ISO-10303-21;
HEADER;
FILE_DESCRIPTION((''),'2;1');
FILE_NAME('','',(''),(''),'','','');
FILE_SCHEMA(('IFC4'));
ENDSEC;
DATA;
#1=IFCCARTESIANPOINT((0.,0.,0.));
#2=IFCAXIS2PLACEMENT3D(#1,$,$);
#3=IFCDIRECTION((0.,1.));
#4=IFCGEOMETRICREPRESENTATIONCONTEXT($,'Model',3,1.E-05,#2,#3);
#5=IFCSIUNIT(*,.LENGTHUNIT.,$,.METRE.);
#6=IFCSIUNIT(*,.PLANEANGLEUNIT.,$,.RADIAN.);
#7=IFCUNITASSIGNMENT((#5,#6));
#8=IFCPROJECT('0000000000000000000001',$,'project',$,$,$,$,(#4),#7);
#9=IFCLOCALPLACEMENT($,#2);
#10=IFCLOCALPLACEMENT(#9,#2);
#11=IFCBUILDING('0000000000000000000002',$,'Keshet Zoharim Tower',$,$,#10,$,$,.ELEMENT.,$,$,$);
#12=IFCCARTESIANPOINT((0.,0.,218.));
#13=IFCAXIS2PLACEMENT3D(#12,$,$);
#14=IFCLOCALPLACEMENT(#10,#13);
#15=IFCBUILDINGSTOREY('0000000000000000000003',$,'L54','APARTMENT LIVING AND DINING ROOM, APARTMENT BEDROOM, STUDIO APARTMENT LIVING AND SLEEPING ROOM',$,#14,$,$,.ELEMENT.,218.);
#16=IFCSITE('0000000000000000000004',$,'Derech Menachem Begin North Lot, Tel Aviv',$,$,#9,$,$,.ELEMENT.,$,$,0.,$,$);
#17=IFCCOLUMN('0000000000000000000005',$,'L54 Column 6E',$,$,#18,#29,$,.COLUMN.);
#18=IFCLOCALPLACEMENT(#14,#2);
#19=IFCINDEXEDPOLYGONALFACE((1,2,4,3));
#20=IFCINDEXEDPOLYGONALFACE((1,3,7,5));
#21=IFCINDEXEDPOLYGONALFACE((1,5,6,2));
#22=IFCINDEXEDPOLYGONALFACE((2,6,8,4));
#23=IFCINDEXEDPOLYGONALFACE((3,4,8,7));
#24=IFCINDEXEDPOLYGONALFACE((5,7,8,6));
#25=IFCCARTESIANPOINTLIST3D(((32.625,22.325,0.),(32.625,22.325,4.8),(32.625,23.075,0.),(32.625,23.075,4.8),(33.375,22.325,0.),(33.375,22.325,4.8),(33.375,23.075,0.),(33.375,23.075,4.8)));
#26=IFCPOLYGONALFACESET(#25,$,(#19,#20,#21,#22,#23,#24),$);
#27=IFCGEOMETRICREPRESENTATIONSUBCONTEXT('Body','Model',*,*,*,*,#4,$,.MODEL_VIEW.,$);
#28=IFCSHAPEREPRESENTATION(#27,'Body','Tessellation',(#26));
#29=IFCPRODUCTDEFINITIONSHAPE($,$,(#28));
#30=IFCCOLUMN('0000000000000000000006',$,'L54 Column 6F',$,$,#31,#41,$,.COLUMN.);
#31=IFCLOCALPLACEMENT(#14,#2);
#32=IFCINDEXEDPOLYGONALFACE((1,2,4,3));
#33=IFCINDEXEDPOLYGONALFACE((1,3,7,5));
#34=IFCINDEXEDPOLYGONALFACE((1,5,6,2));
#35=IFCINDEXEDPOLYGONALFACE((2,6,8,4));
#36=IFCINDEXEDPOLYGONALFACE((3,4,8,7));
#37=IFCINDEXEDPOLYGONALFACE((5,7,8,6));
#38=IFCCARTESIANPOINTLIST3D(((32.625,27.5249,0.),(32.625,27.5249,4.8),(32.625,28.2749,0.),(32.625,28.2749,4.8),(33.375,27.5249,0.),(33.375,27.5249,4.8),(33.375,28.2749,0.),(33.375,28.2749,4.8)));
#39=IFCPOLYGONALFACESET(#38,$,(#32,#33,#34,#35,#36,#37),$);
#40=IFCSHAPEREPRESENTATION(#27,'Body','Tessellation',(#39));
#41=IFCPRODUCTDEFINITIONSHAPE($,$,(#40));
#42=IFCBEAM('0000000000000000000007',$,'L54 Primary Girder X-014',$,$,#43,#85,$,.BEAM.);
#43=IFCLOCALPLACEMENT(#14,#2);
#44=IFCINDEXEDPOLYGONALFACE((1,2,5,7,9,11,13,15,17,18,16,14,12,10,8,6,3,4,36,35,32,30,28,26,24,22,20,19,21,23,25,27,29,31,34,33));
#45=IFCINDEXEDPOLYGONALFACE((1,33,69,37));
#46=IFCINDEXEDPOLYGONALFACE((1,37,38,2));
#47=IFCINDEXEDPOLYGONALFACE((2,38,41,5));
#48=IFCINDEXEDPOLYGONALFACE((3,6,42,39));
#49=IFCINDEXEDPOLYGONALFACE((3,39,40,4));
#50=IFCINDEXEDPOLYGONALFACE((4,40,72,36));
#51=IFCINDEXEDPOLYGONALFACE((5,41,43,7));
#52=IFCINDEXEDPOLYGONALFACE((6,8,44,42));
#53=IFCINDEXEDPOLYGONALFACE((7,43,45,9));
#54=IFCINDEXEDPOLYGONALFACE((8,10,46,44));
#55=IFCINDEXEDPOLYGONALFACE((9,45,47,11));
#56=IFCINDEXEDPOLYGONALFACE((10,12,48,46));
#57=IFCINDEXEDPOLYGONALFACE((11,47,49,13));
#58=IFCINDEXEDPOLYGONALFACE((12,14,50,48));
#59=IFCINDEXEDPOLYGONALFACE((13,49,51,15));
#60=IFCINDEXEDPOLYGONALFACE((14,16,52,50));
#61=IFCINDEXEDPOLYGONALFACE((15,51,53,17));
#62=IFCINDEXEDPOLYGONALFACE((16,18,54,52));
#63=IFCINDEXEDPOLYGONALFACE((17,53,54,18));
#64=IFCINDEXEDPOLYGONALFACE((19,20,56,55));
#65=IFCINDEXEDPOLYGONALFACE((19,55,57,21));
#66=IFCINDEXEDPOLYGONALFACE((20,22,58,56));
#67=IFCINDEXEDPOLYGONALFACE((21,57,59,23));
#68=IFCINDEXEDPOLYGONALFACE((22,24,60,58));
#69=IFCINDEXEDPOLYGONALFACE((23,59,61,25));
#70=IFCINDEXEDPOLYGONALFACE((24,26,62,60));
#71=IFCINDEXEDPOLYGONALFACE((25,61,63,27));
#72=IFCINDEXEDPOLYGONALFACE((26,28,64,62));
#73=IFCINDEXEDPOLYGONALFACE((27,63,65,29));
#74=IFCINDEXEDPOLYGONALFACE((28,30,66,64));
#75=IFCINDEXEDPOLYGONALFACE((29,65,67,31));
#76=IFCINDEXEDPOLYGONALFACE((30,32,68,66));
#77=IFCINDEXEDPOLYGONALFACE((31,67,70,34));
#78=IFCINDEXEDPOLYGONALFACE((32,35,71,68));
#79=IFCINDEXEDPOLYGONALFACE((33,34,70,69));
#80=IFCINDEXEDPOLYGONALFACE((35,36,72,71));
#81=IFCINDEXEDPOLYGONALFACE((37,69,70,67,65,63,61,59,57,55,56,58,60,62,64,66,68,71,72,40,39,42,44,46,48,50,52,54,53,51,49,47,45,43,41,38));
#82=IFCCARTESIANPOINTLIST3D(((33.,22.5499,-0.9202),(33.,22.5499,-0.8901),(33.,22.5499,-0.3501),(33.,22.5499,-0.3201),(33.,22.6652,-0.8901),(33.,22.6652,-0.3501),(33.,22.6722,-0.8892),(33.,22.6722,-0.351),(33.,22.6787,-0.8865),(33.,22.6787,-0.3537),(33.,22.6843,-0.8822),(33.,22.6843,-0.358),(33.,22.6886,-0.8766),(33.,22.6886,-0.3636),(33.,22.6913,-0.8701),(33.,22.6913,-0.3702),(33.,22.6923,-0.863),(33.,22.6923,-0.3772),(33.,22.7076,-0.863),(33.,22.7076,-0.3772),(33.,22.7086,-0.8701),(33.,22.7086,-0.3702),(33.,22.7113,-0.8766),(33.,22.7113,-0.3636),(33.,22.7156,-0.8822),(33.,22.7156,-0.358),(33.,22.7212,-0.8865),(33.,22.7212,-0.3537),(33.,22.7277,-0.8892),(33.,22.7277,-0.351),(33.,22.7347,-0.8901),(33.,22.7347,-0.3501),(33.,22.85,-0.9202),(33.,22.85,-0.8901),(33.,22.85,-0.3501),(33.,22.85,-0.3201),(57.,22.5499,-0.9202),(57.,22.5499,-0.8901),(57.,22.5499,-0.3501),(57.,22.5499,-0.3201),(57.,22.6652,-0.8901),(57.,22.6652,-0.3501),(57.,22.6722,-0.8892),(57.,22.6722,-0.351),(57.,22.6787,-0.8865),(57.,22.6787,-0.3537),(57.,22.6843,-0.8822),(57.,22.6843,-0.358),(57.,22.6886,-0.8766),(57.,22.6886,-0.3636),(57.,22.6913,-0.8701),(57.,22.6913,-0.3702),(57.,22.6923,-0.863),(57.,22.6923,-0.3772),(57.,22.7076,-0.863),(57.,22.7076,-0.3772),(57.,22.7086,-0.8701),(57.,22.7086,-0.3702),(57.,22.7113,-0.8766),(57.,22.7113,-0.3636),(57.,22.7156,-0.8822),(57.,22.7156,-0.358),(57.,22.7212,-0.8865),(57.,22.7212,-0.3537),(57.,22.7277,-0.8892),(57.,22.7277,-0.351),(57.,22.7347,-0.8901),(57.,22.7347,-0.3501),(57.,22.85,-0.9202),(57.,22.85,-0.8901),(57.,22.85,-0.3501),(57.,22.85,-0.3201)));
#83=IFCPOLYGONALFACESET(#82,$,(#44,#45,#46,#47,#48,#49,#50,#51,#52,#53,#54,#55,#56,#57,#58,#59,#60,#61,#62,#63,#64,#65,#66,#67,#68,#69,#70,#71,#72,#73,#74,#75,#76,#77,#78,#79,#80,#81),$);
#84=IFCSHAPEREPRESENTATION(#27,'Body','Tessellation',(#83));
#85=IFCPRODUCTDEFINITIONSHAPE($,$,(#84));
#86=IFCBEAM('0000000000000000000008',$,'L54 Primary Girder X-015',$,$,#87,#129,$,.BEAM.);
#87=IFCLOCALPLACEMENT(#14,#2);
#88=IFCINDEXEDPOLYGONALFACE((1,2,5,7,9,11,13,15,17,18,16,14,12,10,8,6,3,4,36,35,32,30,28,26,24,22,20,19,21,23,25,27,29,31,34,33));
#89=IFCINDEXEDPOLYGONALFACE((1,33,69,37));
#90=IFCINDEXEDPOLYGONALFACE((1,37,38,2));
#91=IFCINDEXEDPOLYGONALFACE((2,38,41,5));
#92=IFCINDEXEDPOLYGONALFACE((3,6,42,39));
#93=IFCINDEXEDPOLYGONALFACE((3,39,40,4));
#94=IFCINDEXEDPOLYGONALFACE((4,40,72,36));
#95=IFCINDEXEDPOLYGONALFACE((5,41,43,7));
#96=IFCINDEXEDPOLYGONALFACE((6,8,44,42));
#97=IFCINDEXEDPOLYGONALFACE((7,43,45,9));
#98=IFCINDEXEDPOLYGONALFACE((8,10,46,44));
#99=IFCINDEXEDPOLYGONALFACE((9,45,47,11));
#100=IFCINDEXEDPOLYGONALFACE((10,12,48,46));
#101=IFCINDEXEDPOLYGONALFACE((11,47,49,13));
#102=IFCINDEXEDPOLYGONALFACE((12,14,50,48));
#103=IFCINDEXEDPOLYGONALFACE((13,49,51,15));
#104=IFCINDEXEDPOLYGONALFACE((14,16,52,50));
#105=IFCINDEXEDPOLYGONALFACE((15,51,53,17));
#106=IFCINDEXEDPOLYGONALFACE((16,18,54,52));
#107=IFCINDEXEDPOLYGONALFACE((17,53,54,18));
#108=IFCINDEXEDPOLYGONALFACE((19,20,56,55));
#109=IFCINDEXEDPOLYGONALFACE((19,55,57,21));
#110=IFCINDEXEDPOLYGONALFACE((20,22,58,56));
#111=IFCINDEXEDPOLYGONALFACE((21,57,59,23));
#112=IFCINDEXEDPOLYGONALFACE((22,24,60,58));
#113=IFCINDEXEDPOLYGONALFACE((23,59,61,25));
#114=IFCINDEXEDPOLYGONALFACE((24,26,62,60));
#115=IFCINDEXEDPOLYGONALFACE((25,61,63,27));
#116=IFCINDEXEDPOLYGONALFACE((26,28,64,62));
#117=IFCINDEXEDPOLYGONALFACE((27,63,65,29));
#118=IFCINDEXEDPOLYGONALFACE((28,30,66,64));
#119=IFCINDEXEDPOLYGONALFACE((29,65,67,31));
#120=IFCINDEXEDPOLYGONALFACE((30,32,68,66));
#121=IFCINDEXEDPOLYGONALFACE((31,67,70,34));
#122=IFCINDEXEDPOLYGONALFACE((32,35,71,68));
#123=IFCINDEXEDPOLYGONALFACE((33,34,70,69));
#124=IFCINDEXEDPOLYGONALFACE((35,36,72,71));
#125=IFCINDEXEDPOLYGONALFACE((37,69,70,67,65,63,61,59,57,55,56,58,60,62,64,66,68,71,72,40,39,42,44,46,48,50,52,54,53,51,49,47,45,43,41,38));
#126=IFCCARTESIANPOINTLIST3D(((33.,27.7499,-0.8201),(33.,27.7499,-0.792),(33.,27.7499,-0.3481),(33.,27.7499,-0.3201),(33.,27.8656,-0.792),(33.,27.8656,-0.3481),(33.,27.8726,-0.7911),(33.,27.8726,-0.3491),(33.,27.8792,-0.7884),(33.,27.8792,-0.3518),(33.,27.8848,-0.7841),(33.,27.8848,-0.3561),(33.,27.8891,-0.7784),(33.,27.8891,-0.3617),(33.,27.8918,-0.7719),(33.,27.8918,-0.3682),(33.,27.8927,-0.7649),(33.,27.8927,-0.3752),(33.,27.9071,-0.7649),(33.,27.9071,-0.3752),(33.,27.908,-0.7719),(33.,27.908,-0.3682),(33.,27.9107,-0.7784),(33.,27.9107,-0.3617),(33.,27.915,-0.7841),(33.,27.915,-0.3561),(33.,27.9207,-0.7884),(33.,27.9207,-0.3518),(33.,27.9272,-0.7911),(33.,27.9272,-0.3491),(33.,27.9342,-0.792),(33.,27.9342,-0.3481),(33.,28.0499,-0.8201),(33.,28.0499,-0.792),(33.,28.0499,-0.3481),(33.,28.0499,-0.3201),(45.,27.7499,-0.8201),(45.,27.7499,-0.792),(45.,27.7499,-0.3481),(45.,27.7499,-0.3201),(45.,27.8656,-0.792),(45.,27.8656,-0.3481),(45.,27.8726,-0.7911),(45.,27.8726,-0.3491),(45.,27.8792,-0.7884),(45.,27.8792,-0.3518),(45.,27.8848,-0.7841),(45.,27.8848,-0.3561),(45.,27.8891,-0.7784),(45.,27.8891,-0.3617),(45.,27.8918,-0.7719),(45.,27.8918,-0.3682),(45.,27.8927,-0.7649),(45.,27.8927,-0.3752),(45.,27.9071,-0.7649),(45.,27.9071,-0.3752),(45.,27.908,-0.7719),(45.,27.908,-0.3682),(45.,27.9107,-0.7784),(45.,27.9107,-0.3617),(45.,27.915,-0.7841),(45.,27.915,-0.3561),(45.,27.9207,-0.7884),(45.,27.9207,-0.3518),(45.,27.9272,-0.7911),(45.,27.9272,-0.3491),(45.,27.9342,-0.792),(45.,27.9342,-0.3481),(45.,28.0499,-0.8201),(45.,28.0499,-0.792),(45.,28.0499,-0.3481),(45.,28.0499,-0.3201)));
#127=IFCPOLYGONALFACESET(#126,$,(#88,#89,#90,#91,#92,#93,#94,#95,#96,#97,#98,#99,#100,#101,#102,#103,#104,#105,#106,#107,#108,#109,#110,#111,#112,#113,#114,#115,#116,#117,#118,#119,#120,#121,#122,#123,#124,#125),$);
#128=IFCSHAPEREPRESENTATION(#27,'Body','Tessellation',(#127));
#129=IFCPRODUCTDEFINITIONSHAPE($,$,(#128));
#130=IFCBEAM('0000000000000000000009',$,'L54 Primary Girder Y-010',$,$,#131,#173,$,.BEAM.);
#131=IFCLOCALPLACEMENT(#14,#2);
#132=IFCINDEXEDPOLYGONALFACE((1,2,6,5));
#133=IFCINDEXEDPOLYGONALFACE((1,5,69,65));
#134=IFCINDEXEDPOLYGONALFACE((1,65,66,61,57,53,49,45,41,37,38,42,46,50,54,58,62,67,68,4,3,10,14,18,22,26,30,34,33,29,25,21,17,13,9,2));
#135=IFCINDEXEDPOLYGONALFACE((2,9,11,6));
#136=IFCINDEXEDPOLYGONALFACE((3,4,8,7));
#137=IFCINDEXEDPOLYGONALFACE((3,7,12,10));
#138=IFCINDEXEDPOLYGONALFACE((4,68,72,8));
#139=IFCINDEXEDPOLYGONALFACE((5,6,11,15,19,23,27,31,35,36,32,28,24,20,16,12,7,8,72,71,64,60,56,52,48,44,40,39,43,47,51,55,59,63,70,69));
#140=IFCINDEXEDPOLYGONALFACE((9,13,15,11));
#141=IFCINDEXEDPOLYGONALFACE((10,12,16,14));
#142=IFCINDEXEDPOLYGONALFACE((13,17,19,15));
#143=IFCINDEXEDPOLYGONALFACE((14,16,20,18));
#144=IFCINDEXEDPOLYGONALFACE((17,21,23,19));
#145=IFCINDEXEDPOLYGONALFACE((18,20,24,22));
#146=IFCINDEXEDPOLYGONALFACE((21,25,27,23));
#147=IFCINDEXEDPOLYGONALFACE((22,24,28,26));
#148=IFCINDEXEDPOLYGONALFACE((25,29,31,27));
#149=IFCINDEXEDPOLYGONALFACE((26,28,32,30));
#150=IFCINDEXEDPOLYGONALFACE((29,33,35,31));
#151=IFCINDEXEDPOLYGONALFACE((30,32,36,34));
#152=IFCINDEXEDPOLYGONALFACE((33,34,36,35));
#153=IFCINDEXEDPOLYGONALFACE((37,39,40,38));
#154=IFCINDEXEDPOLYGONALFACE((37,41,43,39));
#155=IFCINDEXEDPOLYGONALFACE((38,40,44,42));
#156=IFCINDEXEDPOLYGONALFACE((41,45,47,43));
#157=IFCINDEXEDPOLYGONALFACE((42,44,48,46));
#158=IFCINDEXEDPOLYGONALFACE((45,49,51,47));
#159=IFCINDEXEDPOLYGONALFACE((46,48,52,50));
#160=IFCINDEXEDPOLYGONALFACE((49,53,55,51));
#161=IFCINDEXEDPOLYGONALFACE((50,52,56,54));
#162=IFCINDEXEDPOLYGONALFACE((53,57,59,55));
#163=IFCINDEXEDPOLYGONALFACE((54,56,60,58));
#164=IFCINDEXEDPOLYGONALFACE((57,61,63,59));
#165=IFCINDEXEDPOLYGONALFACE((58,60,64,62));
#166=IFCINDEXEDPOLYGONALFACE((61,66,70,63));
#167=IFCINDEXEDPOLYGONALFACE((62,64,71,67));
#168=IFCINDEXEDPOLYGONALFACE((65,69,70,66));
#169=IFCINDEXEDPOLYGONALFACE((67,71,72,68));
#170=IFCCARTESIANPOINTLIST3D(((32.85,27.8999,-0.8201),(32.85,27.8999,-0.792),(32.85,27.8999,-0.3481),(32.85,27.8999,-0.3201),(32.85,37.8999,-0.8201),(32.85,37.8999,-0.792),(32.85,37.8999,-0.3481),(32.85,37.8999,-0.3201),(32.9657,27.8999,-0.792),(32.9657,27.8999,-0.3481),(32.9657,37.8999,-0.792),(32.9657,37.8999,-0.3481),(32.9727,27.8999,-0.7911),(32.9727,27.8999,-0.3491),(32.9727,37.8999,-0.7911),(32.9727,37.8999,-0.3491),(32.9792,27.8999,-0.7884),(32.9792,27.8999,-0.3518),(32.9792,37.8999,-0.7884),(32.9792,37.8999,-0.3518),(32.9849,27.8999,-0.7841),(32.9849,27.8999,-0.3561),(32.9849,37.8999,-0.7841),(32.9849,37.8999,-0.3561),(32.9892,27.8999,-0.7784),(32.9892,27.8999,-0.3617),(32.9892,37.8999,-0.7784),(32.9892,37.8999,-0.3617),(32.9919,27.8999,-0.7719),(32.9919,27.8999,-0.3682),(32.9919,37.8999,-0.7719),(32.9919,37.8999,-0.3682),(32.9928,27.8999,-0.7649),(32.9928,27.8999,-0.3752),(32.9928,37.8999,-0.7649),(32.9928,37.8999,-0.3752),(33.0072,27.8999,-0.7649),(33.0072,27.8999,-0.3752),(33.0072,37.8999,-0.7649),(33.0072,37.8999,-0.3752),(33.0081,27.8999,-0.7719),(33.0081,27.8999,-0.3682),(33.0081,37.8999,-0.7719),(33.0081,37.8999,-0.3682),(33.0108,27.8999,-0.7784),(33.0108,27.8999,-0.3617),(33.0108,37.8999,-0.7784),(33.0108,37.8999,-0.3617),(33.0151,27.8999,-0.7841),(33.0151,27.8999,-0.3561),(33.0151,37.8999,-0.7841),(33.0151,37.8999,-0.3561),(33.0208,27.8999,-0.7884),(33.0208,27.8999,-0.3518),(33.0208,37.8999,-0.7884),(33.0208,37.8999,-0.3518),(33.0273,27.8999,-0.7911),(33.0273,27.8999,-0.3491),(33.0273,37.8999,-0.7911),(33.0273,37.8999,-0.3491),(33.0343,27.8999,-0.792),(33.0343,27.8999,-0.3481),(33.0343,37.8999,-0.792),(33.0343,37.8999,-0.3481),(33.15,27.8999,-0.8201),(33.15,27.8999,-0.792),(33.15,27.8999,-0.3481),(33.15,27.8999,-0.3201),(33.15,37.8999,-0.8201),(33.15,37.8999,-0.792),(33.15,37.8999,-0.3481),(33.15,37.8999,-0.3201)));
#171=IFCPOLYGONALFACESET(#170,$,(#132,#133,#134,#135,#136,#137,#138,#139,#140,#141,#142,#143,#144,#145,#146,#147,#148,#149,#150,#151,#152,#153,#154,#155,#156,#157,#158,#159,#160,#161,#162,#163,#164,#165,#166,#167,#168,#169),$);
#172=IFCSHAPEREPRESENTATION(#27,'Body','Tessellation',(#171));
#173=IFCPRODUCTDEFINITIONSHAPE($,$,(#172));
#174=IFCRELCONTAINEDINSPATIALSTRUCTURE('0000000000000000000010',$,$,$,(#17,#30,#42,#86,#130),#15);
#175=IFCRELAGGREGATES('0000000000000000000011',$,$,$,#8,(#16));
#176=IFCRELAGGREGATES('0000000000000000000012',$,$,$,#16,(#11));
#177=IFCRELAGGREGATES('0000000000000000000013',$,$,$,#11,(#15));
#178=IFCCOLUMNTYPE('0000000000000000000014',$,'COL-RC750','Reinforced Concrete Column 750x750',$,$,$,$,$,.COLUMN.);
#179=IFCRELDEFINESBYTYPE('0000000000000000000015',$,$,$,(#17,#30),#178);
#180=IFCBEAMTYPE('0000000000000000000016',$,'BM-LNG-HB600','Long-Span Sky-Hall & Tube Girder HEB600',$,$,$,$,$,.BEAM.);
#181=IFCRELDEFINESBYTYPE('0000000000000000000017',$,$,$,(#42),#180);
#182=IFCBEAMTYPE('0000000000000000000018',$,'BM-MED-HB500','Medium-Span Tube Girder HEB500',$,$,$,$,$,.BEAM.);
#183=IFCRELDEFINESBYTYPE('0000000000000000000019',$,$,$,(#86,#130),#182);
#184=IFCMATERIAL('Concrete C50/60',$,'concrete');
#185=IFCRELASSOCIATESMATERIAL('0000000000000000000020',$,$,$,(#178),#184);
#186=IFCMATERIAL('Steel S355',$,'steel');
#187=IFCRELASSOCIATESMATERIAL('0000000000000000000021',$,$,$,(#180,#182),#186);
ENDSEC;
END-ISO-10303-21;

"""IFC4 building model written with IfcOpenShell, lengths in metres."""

from ifc_helpers import new_model, si_unit, direction, frame, origin, origin_2d, place, context, subcontext, project, spatial, rectangle, i_section, extrude, material, material_profile, profile_set, type_object, element, save


model = new_model("IFC4")

# Units and contexts
model_context = context("Model", 3, precision=1e-05, world=origin(), true_north=direction((0.0, 1.0)))
body_context = subcontext(model_context, "Body", "Model", "MODEL_VIEW")
ifc_project = project(units=[si_unit("LENGTHUNIT", "METRE"), si_unit("PLANEANGLEUNIT", "RADIAN")], contexts=[model_context])

# Site, building, storey
site_placement = place(None, origin())
site = spatial("IfcSite", under=ifc_project, at=site_placement, Name="Derech Menachem Begin North Lot, Tel Aviv", CompositionType="ELEMENT", RefElevation=0.0)
building_placement = place(site_placement, origin())
building = spatial("IfcBuilding", under=site, at=building_placement, Name="Keshet Zoharim Tower", CompositionType="ELEMENT")
storey_placement = place(building_placement, frame((0.0, 0.0, 218.0)))
storey = spatial("IfcBuildingStorey", under=building, at=storey_placement, Name="L54", Description="APARTMENT LIVING AND DINING ROOM, APARTMENT BEDROOM, STUDIO APARTMENT LIVING AND SLEEPING ROOM", CompositionType="ELEMENT", Elevation=218.0)

# Columns
ifc_material_1 = material(Name="Concrete C50/60", Category="concrete")
ifc_material_profile_1 = material_profile(ifc_material_1, rectangle(XDim=0.75, YDim=0.75, at=origin_2d()), Name="RC750x750")
ifc_profile_set_1 = profile_set([ifc_material_profile_1], Name="Concrete C50/60")
column_type = type_object("IfcColumnType", Name="COL-RC750", Description="Reinforced Concrete Column 750x750", PredefinedType="COLUMN", material=ifc_profile_set_1)
for number, where, z_axis, x_axis, name in (
    (1, (33.0, 22.7, 0.0), (0.0, 0.0, 1.0), (1.0, 0.0, 0.0), "L54 Column 6E"),
    (2, (33.0, 27.8999, 0.0), (0.0, 0.0, 1.0), (1.0, 0.0, 0.0), "L54 Column 6F"),
):
    element("IfcColumn", number, at=place(storey_placement, frame(where, z_axis=z_axis, x_axis=x_axis)), inside=storey, type_object=column_type, Name=name, PredefinedType="COLUMN", context=body_context, shape_type="SweptSolid", body=[
        extrude(rectangle(XDim=0.75, YDim=0.75, at=origin_2d()), origin(), (0.0, 0.0, 1.0), 4.8),
    ])

# Beams
ifc_material_2 = material(Name="Steel S355", Category="steel")
ifc_material_profile_2 = material_profile(ifc_material_2, i_section(OverallWidth=0.3, OverallDepth=0.6001, WebThickness=0.0154, FlangeThickness=0.03, FilletRadius=0.0271, at=origin_2d()), Name="HEB600")
ifc_profile_set_2 = profile_set([ifc_material_profile_2], Name="Steel S355")
beam_type_1 = type_object("IfcBeamType", Name="BM-LNG-HB600", Description="Long-Span Sky-Hall & Tube Girder HEB600", PredefinedType="BEAM", material=ifc_profile_set_2)
beam_1_placement = place(storey_placement, frame((33.0, 22.7, -0.6201), z_axis=(1.0, 0.0, 0.0), x_axis=(0.0, 1.0, 0.0)))
element("IfcBeam", 3, at=beam_1_placement, inside=storey, type_object=beam_type_1, Name="L54 Primary Girder X-014", PredefinedType="BEAM", context=body_context, shape_type="SweptSolid", body=[
    extrude(i_section(OverallWidth=0.3, OverallDepth=0.6001, WebThickness=0.0154, FlangeThickness=0.03, FilletRadius=0.0271, at=origin_2d()), origin(), (0.0, 0.0, 1.0), 24.0),
])
ifc_material_profile_3 = material_profile(ifc_material_2, i_section(OverallWidth=0.3, OverallDepth=0.5, WebThickness=0.0144, FlangeThickness=0.0281, FilletRadius=0.0271, at=origin_2d()), Name="HEB500")
ifc_profile_set_3 = profile_set([ifc_material_profile_3], Name="Steel S355")
beam_type_2 = type_object("IfcBeamType", Name="BM-MED-HB500", Description="Medium-Span Tube Girder HEB500", PredefinedType="BEAM", material=ifc_profile_set_3)
beam_2_placement = place(storey_placement, frame((33.0, 27.8999, -0.5701), z_axis=(1.0, 0.0, 0.0), x_axis=(0.0, 1.0, 0.0)))
element("IfcBeam", 4, at=beam_2_placement, inside=storey, type_object=beam_type_2, Name="L54 Primary Girder X-015", PredefinedType="BEAM", context=body_context, shape_type="SweptSolid", body=[
    extrude(i_section(OverallWidth=0.3, OverallDepth=0.5, WebThickness=0.0144, FlangeThickness=0.0281, FilletRadius=0.0271, at=origin_2d()), origin(), (0.0, 0.0, 1.0), 12.0),
])
beam_3_placement = place(storey_placement, frame((33.0, 27.8999, -0.5701), z_axis=(0.0, 1.0, 0.0), x_axis=(-1.0, 0.0, 0.0)))
element("IfcBeam", 5, at=beam_3_placement, inside=storey, type_object=beam_type_2, Name="L54 Primary Girder Y-010", PredefinedType="BEAM", context=body_context, shape_type="SweptSolid", body=[
    extrude(i_section(OverallWidth=0.3, OverallDepth=0.5, WebThickness=0.0144, FlangeThickness=0.0281, FilletRadius=0.0271, at=origin_2d()), origin(), (0.0, 0.0, 1.0), 10.0),
])

save(model, "model.ifc")
